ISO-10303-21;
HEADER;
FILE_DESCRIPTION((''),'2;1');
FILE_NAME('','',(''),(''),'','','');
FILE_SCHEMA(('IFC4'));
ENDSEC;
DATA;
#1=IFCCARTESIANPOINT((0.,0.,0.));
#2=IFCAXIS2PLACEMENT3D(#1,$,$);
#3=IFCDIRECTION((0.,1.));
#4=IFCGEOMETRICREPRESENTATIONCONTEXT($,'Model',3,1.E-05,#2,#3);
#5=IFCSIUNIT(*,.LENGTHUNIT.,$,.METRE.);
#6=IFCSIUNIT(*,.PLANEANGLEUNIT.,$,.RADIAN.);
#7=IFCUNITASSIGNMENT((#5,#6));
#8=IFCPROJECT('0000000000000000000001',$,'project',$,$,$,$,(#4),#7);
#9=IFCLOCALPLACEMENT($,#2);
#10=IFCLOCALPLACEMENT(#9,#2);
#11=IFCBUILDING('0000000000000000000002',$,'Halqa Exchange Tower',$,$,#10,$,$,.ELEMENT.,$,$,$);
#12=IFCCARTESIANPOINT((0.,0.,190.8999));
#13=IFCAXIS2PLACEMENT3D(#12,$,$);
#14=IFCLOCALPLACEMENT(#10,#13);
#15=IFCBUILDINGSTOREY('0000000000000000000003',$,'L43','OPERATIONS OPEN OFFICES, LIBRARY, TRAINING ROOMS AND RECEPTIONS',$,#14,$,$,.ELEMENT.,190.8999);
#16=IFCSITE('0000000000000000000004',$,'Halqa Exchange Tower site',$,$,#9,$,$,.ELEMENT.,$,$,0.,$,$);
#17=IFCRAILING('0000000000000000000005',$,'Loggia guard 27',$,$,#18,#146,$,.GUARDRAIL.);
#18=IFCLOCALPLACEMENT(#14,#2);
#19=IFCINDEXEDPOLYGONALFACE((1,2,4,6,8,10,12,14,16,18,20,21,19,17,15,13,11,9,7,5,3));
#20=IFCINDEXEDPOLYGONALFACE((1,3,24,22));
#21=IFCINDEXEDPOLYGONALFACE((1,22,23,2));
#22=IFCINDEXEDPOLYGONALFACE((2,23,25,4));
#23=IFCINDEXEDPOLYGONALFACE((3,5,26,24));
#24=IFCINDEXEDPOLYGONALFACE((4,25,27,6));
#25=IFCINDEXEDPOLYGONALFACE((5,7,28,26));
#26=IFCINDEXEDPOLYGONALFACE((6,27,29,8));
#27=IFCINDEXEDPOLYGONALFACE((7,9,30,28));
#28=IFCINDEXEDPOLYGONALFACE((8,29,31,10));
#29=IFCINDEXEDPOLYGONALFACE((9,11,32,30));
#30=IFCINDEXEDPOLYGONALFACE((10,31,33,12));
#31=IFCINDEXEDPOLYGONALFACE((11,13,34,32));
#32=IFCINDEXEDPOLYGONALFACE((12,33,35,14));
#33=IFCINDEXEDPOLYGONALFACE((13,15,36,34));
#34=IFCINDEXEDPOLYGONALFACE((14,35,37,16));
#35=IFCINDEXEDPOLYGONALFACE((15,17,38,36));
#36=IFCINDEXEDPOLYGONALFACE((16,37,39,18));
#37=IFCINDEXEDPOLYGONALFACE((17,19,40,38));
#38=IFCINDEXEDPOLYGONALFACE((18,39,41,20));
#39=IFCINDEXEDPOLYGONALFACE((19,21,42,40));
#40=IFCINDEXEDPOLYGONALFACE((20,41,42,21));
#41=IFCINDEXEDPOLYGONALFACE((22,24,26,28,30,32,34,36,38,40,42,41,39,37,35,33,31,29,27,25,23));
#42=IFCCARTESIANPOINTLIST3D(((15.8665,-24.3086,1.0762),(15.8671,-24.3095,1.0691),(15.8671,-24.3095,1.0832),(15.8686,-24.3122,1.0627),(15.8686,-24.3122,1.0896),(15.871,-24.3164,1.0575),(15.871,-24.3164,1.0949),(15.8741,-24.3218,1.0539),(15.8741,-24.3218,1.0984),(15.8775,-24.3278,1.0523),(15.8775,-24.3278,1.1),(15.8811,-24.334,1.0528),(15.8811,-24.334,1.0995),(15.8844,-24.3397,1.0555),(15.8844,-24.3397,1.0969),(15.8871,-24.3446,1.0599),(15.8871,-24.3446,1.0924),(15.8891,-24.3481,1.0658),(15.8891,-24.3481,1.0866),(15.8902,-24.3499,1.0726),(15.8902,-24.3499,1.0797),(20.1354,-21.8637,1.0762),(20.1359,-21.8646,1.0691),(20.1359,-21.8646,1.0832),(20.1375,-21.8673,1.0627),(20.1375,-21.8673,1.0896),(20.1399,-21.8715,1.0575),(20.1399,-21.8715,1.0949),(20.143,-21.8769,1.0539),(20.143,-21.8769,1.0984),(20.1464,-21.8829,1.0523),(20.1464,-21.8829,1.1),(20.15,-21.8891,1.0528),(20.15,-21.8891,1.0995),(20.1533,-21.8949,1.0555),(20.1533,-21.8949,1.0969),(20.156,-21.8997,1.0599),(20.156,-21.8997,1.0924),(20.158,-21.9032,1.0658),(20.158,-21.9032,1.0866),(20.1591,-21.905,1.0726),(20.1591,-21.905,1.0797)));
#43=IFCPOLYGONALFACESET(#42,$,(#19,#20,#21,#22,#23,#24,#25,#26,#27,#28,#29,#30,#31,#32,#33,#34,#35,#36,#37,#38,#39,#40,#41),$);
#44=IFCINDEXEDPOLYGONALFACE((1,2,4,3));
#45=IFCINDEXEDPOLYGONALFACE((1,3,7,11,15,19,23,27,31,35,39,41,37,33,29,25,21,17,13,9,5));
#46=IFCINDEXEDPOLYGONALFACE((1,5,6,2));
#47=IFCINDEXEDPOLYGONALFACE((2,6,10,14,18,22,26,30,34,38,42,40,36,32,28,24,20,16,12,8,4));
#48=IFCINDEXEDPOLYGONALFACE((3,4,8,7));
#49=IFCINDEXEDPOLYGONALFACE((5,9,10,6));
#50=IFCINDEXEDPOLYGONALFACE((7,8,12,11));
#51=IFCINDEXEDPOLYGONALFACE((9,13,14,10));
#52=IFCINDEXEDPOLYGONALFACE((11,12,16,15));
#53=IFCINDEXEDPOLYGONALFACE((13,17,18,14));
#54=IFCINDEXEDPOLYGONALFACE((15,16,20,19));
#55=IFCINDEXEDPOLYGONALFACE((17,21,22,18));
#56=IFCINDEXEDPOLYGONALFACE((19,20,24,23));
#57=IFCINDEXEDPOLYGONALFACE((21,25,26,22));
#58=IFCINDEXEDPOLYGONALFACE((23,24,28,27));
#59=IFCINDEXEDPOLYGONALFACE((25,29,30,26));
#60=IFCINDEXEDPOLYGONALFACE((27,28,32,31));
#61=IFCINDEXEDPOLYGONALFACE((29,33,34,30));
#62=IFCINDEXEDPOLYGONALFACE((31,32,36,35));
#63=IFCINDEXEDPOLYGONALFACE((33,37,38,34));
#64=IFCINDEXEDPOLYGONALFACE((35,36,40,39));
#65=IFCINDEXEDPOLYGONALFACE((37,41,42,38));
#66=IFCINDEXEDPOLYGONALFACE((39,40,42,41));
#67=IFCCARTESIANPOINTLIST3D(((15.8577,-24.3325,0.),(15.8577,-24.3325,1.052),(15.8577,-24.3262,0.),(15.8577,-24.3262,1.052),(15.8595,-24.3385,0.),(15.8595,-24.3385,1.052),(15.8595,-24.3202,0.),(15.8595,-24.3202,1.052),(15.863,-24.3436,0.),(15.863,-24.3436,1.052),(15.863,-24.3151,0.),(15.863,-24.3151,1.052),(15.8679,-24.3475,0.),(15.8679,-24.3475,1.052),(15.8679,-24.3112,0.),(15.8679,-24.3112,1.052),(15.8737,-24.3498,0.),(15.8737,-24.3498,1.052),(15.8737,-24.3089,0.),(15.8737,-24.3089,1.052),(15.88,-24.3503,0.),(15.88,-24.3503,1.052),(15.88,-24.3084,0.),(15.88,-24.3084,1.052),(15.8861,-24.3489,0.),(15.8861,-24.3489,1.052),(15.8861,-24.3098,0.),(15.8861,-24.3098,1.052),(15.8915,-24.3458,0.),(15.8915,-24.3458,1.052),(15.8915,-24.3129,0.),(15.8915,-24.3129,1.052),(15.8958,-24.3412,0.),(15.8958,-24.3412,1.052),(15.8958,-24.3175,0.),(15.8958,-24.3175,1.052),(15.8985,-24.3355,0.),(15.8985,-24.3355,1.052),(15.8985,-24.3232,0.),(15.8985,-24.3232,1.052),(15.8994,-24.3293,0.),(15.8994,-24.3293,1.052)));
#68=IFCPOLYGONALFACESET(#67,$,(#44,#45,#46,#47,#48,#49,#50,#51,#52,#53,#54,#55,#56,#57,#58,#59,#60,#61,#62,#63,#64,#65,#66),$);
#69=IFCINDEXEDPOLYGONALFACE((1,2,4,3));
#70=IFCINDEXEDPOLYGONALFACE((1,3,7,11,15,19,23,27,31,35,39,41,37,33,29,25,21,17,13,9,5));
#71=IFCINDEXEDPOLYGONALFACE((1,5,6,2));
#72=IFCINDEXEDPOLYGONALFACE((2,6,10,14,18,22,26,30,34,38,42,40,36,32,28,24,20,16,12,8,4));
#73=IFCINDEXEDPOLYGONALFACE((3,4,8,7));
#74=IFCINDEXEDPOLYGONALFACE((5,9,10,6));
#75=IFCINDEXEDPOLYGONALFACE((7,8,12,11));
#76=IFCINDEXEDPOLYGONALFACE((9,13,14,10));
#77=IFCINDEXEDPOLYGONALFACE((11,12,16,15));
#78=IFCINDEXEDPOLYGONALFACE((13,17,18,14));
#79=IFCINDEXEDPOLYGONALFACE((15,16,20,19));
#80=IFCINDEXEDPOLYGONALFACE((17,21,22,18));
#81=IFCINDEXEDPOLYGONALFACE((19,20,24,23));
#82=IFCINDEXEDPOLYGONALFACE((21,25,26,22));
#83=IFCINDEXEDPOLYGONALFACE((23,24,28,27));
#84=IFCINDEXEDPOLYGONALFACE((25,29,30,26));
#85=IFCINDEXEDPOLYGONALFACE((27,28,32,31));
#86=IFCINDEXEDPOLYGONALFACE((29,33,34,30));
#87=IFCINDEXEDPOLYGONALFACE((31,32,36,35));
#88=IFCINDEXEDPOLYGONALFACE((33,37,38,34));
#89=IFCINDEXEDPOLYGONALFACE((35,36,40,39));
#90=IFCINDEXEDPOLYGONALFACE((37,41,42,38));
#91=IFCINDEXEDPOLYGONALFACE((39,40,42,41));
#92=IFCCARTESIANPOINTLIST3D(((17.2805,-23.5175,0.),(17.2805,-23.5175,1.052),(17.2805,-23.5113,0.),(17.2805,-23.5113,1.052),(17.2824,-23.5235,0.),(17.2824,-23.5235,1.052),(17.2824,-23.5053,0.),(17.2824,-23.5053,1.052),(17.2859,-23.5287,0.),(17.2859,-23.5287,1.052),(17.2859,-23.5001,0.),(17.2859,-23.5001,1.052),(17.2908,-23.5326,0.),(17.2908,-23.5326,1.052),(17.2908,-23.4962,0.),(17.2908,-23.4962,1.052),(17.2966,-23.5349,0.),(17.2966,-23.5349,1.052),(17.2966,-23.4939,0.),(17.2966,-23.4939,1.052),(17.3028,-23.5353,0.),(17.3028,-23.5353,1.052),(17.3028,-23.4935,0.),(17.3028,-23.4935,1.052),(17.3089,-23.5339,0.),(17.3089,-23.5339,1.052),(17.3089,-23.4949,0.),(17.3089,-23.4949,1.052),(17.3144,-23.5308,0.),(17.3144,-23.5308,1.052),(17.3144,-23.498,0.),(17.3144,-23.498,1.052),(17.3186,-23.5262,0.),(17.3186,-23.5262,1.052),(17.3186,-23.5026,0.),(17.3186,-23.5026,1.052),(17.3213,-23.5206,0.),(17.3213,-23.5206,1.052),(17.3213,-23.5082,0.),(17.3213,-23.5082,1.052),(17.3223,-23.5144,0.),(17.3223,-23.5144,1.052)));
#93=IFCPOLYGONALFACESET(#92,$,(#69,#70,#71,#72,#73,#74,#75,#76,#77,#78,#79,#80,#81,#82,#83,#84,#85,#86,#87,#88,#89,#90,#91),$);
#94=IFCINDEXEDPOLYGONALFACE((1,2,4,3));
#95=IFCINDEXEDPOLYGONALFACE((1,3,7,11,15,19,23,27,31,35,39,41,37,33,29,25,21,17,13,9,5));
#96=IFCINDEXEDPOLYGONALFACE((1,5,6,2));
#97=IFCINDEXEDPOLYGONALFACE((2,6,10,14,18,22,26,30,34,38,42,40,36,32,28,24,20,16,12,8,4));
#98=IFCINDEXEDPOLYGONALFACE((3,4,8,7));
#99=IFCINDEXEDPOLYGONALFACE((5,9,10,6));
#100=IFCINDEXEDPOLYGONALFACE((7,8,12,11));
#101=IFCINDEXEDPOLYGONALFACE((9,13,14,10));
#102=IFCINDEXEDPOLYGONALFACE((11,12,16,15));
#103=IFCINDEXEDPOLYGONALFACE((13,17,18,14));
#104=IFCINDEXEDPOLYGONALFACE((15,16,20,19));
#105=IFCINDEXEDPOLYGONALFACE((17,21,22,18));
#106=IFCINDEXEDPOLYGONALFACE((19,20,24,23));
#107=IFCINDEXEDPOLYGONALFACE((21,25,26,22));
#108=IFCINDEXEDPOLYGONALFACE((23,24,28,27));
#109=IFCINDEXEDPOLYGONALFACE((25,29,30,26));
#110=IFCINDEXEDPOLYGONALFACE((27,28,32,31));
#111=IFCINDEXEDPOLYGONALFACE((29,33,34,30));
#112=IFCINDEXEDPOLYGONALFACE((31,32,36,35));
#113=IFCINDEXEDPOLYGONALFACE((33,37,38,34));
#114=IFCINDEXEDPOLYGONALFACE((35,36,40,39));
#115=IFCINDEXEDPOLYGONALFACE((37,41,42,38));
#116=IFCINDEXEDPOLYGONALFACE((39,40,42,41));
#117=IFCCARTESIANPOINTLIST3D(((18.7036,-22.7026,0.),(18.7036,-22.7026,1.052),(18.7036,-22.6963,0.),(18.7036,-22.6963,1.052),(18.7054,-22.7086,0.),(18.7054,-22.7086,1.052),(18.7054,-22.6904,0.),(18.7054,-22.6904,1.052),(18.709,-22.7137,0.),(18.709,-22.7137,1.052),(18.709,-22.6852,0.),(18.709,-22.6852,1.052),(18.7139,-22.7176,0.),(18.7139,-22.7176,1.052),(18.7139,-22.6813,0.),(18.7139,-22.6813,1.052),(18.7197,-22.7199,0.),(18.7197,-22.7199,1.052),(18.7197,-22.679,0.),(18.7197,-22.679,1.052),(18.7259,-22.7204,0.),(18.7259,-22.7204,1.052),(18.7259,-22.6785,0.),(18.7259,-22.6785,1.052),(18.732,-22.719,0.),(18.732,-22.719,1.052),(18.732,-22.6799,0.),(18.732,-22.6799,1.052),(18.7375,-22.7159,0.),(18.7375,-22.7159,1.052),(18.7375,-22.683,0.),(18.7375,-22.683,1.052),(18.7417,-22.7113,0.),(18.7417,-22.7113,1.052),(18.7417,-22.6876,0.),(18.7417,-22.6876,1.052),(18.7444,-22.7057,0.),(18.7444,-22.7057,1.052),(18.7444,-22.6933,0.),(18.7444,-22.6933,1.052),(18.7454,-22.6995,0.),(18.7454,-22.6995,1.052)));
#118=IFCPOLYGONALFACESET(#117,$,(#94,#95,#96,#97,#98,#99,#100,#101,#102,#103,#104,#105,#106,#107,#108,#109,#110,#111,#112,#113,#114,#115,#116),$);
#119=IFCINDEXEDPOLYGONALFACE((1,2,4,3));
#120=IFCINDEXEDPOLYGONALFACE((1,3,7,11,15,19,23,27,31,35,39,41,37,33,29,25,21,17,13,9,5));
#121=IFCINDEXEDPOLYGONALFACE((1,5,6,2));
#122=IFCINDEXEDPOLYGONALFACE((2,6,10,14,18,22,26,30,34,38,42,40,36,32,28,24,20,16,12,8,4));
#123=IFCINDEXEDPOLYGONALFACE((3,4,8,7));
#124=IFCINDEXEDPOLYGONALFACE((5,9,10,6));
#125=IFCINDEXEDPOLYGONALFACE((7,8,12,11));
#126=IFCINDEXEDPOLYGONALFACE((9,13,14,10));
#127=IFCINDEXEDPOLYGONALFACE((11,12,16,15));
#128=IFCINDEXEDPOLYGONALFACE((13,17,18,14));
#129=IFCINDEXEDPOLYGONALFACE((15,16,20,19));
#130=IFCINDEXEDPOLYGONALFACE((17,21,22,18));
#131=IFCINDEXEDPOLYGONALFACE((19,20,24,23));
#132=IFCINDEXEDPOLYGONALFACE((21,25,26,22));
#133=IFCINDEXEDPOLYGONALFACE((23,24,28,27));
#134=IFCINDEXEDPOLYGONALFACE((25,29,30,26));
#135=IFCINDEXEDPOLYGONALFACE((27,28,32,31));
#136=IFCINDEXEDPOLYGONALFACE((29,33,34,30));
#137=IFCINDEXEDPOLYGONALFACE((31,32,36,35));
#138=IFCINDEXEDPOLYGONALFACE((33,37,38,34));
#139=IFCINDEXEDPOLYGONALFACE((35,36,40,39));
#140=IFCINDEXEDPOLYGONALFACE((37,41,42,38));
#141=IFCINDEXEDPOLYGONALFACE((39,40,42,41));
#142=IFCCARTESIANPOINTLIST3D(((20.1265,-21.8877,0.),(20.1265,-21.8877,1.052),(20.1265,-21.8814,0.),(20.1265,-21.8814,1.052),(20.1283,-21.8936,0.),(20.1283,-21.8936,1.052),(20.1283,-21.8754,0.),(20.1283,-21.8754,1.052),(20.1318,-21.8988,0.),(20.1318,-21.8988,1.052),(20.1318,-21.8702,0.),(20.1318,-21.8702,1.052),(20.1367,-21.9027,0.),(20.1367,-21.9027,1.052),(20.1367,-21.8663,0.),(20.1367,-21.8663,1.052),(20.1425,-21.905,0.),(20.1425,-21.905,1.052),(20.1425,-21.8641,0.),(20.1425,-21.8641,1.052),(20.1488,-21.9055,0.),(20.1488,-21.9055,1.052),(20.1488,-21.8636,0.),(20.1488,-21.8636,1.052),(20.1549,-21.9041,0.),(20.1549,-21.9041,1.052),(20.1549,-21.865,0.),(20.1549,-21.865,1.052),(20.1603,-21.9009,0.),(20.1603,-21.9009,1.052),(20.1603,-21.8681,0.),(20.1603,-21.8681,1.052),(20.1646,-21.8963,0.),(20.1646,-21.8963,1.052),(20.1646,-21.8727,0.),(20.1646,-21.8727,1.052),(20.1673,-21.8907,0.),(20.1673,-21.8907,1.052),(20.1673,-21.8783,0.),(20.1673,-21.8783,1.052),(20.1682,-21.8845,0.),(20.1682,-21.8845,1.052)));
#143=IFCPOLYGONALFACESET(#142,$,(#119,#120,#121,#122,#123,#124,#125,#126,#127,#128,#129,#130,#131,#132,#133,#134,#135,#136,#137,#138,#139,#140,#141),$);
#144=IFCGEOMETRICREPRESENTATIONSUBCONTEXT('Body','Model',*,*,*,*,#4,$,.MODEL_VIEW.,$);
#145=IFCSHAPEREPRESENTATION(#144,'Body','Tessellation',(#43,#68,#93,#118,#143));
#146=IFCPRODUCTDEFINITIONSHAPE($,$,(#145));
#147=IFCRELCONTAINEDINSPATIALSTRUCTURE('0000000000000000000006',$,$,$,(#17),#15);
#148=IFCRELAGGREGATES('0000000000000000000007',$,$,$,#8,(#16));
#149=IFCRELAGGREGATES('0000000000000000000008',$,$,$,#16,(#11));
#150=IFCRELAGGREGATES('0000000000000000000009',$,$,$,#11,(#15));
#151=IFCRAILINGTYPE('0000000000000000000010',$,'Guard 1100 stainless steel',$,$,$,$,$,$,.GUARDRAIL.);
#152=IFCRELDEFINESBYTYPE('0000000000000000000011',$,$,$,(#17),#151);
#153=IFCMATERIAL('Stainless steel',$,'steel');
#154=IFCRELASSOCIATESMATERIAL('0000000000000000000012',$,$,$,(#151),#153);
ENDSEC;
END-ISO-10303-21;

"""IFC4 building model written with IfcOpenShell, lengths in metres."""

from ifc_helpers import new_model, si_unit, direction, frame, origin, origin_2d, place, context, subcontext, project, spatial, circle, extrude, material, type_object, element, save


model = new_model("IFC4")

# Units and contexts
model_context = context("Model", 3, precision=1e-05, world=origin(), true_north=direction((0.0, 1.0)))
body_context = subcontext(model_context, "Body", "Model", "MODEL_VIEW")
ifc_project = project(units=[si_unit("LENGTHUNIT", "METRE"), si_unit("PLANEANGLEUNIT", "RADIAN")], contexts=[model_context])

# Site, building, storey
site_placement = place(None, origin())
site = spatial("IfcSite", under=ifc_project, at=site_placement, Name="Halqa Exchange Tower site", CompositionType="ELEMENT", RefElevation=0.0)
building_placement = place(site_placement, origin())
building = spatial("IfcBuilding", under=site, at=building_placement, Name="Halqa Exchange Tower", CompositionType="ELEMENT")
storey_placement = place(building_placement, frame((0.0, 0.0, 190.8999)))
storey = spatial("IfcBuildingStorey", under=building, at=storey_placement, Name="L43", Description="OPERATIONS OPEN OFFICES, LIBRARY, TRAINING ROOMS AND RECEPTIONS", CompositionType="ELEMENT", Elevation=190.8999)

# Railing
ifc_material_1 = material(Name="Stainless steel", Category="steel")
railing_type = type_object("IfcRailingType", Name="Guard 1100 stainless steel", PredefinedType="GUARDRAIL", material=ifc_material_1)
railing_1_placement = place(storey_placement, frame((15.8784, -24.3293, 0.0)))
element("IfcRailing", 1, at=railing_1_placement, inside=storey, type_object=railing_type, Name="Loggia guard 27", PredefinedType="GUARDRAIL", context=body_context, shape_type="SweptSolid", body=[
    extrude(circle(Radius=0.0239, at=origin_2d()), frame((0.0, 0.0, 1.0762), z_axis=(0.86776, 0.496983, 0.0), x_axis=(-0.496983, 0.86776, 0.0)), (0.0, 0.0, 1.0), 4.9194),
    extrude(circle(Radius=0.021, at=origin_2d()), origin(), (0.0, 0.0, 1.0), 1.052),
    extrude(circle(Radius=0.021, at=origin_2d()), frame((1.4229, 0.8149, 0.0)), (0.0, 0.0, 1.0), 1.052),
    extrude(circle(Radius=0.021, at=origin_2d()), frame((2.8459, 1.6299, 0.0)), (0.0, 0.0, 1.0), 1.052),
    extrude(circle(Radius=0.021, at=origin_2d()), frame((4.2688, 2.4448, 0.0)), (0.0, 0.0, 1.0), 1.052),
])

save(model, "model.ifc")
